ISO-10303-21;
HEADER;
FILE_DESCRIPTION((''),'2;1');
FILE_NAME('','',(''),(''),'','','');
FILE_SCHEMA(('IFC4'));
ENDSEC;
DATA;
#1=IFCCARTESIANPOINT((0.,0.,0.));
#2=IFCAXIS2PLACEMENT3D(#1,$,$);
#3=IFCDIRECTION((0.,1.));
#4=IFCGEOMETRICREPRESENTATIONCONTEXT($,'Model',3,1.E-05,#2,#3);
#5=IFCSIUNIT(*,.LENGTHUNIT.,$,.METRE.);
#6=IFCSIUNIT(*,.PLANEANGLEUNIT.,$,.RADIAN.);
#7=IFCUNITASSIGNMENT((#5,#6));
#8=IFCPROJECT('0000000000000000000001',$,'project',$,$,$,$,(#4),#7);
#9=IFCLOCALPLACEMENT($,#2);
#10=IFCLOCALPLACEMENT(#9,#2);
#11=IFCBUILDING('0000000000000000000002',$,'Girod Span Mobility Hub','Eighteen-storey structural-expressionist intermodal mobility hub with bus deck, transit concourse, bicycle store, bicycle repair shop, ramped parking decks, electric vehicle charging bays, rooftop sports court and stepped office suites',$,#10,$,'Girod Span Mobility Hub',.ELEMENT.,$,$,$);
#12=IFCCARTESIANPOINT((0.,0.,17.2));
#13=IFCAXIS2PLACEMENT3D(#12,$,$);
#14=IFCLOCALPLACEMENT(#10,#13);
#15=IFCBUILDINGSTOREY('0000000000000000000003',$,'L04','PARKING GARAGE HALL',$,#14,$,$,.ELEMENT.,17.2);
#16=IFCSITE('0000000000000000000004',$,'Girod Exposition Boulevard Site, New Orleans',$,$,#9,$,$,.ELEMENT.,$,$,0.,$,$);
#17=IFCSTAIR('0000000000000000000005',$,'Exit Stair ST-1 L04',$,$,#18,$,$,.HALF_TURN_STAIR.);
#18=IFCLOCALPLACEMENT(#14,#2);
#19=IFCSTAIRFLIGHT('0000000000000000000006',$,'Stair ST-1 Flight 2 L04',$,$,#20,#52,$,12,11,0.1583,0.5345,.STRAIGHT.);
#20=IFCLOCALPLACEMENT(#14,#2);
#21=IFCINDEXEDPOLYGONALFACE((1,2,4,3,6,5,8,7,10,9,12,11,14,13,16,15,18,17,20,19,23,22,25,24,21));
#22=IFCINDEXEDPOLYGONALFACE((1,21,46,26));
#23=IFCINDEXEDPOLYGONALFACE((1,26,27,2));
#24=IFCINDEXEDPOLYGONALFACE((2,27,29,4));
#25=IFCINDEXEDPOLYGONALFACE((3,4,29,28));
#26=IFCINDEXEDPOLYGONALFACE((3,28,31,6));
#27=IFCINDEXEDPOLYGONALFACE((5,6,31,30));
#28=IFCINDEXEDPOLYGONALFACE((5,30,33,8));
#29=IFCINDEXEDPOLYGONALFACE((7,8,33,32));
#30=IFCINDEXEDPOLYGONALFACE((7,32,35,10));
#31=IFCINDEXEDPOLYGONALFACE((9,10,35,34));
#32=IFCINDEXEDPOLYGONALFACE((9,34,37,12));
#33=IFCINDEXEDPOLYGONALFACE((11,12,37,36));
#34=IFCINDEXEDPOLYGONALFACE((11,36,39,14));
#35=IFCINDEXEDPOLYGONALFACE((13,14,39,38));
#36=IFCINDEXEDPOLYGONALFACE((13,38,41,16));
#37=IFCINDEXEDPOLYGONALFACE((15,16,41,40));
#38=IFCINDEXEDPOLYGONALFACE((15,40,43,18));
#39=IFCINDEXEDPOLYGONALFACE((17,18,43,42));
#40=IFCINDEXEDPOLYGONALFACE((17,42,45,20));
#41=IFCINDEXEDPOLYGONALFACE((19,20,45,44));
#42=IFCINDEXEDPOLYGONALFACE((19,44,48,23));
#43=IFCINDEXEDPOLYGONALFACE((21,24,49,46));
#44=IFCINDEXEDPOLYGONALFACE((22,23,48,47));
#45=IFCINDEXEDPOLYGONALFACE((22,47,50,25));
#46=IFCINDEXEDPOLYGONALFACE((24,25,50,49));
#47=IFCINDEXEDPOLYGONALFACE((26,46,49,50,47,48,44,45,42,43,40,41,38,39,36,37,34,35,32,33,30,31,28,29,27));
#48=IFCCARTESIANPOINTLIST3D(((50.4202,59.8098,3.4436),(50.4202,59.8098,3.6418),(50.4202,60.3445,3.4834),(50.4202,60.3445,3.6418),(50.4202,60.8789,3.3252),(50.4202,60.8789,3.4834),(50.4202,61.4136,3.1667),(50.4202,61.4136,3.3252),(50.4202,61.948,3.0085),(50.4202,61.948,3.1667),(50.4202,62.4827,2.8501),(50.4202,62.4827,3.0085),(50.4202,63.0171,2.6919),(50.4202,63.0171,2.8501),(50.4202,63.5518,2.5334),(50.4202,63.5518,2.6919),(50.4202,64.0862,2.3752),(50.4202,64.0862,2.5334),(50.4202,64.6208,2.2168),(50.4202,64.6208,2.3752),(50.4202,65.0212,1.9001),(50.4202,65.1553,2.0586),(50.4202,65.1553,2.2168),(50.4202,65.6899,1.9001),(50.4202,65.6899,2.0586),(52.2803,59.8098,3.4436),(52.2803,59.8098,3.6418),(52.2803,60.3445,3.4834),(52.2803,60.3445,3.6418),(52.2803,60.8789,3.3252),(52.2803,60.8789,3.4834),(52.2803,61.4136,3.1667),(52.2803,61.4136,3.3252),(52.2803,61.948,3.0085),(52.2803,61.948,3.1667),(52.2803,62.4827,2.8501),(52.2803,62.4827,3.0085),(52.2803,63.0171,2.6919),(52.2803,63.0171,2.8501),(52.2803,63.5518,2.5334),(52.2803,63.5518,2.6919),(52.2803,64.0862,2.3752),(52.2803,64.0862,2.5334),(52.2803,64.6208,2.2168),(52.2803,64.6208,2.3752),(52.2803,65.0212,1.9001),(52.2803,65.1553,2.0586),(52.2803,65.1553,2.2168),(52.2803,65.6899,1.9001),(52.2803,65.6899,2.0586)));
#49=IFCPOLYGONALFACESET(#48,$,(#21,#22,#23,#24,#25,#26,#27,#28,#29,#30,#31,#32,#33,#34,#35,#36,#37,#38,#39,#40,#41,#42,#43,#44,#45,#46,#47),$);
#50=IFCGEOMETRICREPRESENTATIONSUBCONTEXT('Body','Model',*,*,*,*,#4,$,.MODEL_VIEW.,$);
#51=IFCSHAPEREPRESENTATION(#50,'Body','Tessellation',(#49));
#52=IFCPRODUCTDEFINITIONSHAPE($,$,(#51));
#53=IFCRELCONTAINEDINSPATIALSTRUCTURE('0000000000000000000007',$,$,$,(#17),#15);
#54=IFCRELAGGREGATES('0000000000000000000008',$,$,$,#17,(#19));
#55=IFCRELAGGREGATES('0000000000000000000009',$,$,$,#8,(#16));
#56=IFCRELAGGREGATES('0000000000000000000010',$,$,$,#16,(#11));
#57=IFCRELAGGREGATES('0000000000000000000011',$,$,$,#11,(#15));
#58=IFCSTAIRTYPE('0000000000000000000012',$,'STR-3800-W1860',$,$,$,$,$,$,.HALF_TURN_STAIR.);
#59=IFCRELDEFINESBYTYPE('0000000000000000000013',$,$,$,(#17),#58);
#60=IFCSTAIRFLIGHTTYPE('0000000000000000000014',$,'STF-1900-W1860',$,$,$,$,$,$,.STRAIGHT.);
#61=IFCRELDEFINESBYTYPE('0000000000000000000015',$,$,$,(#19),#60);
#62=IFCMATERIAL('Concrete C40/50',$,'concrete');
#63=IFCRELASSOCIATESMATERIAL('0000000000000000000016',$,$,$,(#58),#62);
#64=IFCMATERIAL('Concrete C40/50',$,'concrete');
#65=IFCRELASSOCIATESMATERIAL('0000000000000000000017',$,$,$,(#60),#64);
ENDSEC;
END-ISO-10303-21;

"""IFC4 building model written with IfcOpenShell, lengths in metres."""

from ifc_helpers import new_model, si_unit, direction, frame, origin, place, context, subcontext, project, spatial, polyline, outline, extrude, material, type_object, element, aggregate, save


model = new_model("IFC4")

# Units and contexts
model_context = context("Model", 3, precision=1e-05, world=origin(), true_north=direction((0.0, 1.0)))
body_context = subcontext(model_context, "Body", "Model", "MODEL_VIEW")
ifc_project = project(units=[si_unit("LENGTHUNIT", "METRE"), si_unit("PLANEANGLEUNIT", "RADIAN")], contexts=[model_context])

# Site, building, storey
site_placement = place(None, origin())
site = spatial("IfcSite", under=ifc_project, at=site_placement, Name="Girod Exposition Boulevard Site, New Orleans", CompositionType="ELEMENT", RefElevation=0.0)
building_placement = place(site_placement, origin())
building = spatial("IfcBuilding", under=site, at=building_placement, Name="Girod Span Mobility Hub", Description="Eighteen-storey structural-expressionist intermodal mobility hub with bus deck, transit concourse, bicycle store, bicycle repair shop, ramped parking decks, electric vehicle charging bays, rooftop sports court and stepped office suites", LongName="Girod Span Mobility Hub", CompositionType="ELEMENT")
storey_placement = place(building_placement, frame((0.0, 0.0, 17.2)))
storey = spatial("IfcBuildingStorey", under=building, at=storey_placement, Name="L04", Description="PARKING GARAGE HALL", CompositionType="ELEMENT", Elevation=17.2)

# Stair, stair flight
ifc_material_1 = material(Name="Concrete C40/50", Category="concrete")
stair_type = type_object("IfcStairType", Name="STR-3800-W1860", PredefinedType="HALF_TURN_STAIR", material=ifc_material_1)
stair_placement = place(storey_placement, origin())
stair = element("IfcStair", 1, at=stair_placement, inside=storey, type_object=stair_type, Name="Exit Stair ST-1 L04", PredefinedType="HALF_TURN_STAIR")
ifc_material_2 = material(Name="Concrete C40/50", Category="concrete")
stair_flight_type = type_object("IfcStairFlightType", Name="STF-1900-W1860", PredefinedType="STRAIGHT", material=ifc_material_2)
stair_flight_placement = place(storey_placement, frame((51.3501, 65.6899, 1.9001), z_axis=(0.0, 0.0, 1.0), x_axis=(0.0, -1.0, 0.0)))
stair_flight = element("IfcStairFlight", 2, at=stair_flight_placement, type_object=stair_flight_type, Name="Stair ST-1 Flight 2 L04", NumberOfRisers=12, NumberOfTreads=11, PredefinedType="STRAIGHT", RiserHeight=0.1583, TreadLength=0.5345, context=body_context, shape_type="SweptSolid", body=[
    extrude(outline(polyline([(0.0, 0.0), (0.0, 0.1584), (0.5347, 0.1584), (0.5347, 0.3167), (1.0691, 0.3167), (1.0691, 0.4751), (1.6038, 0.4751), (1.6038, 0.6333), (2.1382, 0.6333), (2.1382, 0.7917), (2.6729, 0.7917), (2.6729, 0.95), (3.2073, 0.95), (3.2073, 1.1084), (3.7419, 1.1084), (3.7419, 1.2666), (4.2764, 1.2666), (4.2764, 1.425), (4.811, 1.425), (4.811, 1.5833), (5.3455, 1.5833), (5.3455, 1.7417), (5.8801, 1.7417), (5.8801, 1.8999), (5.8801, 1.5435), (0.6687, 0.0), (0.0, 0.0)])), frame((0.0, 0.9302, 0.0), z_axis=(0.0, -1.0, 0.0), x_axis=(1.0, 0.0, 0.0)), (0.0, 0.0, 1.0), 1.8601),
])
aggregate(stair, [stair_flight])

save(model, "model.ifc")
